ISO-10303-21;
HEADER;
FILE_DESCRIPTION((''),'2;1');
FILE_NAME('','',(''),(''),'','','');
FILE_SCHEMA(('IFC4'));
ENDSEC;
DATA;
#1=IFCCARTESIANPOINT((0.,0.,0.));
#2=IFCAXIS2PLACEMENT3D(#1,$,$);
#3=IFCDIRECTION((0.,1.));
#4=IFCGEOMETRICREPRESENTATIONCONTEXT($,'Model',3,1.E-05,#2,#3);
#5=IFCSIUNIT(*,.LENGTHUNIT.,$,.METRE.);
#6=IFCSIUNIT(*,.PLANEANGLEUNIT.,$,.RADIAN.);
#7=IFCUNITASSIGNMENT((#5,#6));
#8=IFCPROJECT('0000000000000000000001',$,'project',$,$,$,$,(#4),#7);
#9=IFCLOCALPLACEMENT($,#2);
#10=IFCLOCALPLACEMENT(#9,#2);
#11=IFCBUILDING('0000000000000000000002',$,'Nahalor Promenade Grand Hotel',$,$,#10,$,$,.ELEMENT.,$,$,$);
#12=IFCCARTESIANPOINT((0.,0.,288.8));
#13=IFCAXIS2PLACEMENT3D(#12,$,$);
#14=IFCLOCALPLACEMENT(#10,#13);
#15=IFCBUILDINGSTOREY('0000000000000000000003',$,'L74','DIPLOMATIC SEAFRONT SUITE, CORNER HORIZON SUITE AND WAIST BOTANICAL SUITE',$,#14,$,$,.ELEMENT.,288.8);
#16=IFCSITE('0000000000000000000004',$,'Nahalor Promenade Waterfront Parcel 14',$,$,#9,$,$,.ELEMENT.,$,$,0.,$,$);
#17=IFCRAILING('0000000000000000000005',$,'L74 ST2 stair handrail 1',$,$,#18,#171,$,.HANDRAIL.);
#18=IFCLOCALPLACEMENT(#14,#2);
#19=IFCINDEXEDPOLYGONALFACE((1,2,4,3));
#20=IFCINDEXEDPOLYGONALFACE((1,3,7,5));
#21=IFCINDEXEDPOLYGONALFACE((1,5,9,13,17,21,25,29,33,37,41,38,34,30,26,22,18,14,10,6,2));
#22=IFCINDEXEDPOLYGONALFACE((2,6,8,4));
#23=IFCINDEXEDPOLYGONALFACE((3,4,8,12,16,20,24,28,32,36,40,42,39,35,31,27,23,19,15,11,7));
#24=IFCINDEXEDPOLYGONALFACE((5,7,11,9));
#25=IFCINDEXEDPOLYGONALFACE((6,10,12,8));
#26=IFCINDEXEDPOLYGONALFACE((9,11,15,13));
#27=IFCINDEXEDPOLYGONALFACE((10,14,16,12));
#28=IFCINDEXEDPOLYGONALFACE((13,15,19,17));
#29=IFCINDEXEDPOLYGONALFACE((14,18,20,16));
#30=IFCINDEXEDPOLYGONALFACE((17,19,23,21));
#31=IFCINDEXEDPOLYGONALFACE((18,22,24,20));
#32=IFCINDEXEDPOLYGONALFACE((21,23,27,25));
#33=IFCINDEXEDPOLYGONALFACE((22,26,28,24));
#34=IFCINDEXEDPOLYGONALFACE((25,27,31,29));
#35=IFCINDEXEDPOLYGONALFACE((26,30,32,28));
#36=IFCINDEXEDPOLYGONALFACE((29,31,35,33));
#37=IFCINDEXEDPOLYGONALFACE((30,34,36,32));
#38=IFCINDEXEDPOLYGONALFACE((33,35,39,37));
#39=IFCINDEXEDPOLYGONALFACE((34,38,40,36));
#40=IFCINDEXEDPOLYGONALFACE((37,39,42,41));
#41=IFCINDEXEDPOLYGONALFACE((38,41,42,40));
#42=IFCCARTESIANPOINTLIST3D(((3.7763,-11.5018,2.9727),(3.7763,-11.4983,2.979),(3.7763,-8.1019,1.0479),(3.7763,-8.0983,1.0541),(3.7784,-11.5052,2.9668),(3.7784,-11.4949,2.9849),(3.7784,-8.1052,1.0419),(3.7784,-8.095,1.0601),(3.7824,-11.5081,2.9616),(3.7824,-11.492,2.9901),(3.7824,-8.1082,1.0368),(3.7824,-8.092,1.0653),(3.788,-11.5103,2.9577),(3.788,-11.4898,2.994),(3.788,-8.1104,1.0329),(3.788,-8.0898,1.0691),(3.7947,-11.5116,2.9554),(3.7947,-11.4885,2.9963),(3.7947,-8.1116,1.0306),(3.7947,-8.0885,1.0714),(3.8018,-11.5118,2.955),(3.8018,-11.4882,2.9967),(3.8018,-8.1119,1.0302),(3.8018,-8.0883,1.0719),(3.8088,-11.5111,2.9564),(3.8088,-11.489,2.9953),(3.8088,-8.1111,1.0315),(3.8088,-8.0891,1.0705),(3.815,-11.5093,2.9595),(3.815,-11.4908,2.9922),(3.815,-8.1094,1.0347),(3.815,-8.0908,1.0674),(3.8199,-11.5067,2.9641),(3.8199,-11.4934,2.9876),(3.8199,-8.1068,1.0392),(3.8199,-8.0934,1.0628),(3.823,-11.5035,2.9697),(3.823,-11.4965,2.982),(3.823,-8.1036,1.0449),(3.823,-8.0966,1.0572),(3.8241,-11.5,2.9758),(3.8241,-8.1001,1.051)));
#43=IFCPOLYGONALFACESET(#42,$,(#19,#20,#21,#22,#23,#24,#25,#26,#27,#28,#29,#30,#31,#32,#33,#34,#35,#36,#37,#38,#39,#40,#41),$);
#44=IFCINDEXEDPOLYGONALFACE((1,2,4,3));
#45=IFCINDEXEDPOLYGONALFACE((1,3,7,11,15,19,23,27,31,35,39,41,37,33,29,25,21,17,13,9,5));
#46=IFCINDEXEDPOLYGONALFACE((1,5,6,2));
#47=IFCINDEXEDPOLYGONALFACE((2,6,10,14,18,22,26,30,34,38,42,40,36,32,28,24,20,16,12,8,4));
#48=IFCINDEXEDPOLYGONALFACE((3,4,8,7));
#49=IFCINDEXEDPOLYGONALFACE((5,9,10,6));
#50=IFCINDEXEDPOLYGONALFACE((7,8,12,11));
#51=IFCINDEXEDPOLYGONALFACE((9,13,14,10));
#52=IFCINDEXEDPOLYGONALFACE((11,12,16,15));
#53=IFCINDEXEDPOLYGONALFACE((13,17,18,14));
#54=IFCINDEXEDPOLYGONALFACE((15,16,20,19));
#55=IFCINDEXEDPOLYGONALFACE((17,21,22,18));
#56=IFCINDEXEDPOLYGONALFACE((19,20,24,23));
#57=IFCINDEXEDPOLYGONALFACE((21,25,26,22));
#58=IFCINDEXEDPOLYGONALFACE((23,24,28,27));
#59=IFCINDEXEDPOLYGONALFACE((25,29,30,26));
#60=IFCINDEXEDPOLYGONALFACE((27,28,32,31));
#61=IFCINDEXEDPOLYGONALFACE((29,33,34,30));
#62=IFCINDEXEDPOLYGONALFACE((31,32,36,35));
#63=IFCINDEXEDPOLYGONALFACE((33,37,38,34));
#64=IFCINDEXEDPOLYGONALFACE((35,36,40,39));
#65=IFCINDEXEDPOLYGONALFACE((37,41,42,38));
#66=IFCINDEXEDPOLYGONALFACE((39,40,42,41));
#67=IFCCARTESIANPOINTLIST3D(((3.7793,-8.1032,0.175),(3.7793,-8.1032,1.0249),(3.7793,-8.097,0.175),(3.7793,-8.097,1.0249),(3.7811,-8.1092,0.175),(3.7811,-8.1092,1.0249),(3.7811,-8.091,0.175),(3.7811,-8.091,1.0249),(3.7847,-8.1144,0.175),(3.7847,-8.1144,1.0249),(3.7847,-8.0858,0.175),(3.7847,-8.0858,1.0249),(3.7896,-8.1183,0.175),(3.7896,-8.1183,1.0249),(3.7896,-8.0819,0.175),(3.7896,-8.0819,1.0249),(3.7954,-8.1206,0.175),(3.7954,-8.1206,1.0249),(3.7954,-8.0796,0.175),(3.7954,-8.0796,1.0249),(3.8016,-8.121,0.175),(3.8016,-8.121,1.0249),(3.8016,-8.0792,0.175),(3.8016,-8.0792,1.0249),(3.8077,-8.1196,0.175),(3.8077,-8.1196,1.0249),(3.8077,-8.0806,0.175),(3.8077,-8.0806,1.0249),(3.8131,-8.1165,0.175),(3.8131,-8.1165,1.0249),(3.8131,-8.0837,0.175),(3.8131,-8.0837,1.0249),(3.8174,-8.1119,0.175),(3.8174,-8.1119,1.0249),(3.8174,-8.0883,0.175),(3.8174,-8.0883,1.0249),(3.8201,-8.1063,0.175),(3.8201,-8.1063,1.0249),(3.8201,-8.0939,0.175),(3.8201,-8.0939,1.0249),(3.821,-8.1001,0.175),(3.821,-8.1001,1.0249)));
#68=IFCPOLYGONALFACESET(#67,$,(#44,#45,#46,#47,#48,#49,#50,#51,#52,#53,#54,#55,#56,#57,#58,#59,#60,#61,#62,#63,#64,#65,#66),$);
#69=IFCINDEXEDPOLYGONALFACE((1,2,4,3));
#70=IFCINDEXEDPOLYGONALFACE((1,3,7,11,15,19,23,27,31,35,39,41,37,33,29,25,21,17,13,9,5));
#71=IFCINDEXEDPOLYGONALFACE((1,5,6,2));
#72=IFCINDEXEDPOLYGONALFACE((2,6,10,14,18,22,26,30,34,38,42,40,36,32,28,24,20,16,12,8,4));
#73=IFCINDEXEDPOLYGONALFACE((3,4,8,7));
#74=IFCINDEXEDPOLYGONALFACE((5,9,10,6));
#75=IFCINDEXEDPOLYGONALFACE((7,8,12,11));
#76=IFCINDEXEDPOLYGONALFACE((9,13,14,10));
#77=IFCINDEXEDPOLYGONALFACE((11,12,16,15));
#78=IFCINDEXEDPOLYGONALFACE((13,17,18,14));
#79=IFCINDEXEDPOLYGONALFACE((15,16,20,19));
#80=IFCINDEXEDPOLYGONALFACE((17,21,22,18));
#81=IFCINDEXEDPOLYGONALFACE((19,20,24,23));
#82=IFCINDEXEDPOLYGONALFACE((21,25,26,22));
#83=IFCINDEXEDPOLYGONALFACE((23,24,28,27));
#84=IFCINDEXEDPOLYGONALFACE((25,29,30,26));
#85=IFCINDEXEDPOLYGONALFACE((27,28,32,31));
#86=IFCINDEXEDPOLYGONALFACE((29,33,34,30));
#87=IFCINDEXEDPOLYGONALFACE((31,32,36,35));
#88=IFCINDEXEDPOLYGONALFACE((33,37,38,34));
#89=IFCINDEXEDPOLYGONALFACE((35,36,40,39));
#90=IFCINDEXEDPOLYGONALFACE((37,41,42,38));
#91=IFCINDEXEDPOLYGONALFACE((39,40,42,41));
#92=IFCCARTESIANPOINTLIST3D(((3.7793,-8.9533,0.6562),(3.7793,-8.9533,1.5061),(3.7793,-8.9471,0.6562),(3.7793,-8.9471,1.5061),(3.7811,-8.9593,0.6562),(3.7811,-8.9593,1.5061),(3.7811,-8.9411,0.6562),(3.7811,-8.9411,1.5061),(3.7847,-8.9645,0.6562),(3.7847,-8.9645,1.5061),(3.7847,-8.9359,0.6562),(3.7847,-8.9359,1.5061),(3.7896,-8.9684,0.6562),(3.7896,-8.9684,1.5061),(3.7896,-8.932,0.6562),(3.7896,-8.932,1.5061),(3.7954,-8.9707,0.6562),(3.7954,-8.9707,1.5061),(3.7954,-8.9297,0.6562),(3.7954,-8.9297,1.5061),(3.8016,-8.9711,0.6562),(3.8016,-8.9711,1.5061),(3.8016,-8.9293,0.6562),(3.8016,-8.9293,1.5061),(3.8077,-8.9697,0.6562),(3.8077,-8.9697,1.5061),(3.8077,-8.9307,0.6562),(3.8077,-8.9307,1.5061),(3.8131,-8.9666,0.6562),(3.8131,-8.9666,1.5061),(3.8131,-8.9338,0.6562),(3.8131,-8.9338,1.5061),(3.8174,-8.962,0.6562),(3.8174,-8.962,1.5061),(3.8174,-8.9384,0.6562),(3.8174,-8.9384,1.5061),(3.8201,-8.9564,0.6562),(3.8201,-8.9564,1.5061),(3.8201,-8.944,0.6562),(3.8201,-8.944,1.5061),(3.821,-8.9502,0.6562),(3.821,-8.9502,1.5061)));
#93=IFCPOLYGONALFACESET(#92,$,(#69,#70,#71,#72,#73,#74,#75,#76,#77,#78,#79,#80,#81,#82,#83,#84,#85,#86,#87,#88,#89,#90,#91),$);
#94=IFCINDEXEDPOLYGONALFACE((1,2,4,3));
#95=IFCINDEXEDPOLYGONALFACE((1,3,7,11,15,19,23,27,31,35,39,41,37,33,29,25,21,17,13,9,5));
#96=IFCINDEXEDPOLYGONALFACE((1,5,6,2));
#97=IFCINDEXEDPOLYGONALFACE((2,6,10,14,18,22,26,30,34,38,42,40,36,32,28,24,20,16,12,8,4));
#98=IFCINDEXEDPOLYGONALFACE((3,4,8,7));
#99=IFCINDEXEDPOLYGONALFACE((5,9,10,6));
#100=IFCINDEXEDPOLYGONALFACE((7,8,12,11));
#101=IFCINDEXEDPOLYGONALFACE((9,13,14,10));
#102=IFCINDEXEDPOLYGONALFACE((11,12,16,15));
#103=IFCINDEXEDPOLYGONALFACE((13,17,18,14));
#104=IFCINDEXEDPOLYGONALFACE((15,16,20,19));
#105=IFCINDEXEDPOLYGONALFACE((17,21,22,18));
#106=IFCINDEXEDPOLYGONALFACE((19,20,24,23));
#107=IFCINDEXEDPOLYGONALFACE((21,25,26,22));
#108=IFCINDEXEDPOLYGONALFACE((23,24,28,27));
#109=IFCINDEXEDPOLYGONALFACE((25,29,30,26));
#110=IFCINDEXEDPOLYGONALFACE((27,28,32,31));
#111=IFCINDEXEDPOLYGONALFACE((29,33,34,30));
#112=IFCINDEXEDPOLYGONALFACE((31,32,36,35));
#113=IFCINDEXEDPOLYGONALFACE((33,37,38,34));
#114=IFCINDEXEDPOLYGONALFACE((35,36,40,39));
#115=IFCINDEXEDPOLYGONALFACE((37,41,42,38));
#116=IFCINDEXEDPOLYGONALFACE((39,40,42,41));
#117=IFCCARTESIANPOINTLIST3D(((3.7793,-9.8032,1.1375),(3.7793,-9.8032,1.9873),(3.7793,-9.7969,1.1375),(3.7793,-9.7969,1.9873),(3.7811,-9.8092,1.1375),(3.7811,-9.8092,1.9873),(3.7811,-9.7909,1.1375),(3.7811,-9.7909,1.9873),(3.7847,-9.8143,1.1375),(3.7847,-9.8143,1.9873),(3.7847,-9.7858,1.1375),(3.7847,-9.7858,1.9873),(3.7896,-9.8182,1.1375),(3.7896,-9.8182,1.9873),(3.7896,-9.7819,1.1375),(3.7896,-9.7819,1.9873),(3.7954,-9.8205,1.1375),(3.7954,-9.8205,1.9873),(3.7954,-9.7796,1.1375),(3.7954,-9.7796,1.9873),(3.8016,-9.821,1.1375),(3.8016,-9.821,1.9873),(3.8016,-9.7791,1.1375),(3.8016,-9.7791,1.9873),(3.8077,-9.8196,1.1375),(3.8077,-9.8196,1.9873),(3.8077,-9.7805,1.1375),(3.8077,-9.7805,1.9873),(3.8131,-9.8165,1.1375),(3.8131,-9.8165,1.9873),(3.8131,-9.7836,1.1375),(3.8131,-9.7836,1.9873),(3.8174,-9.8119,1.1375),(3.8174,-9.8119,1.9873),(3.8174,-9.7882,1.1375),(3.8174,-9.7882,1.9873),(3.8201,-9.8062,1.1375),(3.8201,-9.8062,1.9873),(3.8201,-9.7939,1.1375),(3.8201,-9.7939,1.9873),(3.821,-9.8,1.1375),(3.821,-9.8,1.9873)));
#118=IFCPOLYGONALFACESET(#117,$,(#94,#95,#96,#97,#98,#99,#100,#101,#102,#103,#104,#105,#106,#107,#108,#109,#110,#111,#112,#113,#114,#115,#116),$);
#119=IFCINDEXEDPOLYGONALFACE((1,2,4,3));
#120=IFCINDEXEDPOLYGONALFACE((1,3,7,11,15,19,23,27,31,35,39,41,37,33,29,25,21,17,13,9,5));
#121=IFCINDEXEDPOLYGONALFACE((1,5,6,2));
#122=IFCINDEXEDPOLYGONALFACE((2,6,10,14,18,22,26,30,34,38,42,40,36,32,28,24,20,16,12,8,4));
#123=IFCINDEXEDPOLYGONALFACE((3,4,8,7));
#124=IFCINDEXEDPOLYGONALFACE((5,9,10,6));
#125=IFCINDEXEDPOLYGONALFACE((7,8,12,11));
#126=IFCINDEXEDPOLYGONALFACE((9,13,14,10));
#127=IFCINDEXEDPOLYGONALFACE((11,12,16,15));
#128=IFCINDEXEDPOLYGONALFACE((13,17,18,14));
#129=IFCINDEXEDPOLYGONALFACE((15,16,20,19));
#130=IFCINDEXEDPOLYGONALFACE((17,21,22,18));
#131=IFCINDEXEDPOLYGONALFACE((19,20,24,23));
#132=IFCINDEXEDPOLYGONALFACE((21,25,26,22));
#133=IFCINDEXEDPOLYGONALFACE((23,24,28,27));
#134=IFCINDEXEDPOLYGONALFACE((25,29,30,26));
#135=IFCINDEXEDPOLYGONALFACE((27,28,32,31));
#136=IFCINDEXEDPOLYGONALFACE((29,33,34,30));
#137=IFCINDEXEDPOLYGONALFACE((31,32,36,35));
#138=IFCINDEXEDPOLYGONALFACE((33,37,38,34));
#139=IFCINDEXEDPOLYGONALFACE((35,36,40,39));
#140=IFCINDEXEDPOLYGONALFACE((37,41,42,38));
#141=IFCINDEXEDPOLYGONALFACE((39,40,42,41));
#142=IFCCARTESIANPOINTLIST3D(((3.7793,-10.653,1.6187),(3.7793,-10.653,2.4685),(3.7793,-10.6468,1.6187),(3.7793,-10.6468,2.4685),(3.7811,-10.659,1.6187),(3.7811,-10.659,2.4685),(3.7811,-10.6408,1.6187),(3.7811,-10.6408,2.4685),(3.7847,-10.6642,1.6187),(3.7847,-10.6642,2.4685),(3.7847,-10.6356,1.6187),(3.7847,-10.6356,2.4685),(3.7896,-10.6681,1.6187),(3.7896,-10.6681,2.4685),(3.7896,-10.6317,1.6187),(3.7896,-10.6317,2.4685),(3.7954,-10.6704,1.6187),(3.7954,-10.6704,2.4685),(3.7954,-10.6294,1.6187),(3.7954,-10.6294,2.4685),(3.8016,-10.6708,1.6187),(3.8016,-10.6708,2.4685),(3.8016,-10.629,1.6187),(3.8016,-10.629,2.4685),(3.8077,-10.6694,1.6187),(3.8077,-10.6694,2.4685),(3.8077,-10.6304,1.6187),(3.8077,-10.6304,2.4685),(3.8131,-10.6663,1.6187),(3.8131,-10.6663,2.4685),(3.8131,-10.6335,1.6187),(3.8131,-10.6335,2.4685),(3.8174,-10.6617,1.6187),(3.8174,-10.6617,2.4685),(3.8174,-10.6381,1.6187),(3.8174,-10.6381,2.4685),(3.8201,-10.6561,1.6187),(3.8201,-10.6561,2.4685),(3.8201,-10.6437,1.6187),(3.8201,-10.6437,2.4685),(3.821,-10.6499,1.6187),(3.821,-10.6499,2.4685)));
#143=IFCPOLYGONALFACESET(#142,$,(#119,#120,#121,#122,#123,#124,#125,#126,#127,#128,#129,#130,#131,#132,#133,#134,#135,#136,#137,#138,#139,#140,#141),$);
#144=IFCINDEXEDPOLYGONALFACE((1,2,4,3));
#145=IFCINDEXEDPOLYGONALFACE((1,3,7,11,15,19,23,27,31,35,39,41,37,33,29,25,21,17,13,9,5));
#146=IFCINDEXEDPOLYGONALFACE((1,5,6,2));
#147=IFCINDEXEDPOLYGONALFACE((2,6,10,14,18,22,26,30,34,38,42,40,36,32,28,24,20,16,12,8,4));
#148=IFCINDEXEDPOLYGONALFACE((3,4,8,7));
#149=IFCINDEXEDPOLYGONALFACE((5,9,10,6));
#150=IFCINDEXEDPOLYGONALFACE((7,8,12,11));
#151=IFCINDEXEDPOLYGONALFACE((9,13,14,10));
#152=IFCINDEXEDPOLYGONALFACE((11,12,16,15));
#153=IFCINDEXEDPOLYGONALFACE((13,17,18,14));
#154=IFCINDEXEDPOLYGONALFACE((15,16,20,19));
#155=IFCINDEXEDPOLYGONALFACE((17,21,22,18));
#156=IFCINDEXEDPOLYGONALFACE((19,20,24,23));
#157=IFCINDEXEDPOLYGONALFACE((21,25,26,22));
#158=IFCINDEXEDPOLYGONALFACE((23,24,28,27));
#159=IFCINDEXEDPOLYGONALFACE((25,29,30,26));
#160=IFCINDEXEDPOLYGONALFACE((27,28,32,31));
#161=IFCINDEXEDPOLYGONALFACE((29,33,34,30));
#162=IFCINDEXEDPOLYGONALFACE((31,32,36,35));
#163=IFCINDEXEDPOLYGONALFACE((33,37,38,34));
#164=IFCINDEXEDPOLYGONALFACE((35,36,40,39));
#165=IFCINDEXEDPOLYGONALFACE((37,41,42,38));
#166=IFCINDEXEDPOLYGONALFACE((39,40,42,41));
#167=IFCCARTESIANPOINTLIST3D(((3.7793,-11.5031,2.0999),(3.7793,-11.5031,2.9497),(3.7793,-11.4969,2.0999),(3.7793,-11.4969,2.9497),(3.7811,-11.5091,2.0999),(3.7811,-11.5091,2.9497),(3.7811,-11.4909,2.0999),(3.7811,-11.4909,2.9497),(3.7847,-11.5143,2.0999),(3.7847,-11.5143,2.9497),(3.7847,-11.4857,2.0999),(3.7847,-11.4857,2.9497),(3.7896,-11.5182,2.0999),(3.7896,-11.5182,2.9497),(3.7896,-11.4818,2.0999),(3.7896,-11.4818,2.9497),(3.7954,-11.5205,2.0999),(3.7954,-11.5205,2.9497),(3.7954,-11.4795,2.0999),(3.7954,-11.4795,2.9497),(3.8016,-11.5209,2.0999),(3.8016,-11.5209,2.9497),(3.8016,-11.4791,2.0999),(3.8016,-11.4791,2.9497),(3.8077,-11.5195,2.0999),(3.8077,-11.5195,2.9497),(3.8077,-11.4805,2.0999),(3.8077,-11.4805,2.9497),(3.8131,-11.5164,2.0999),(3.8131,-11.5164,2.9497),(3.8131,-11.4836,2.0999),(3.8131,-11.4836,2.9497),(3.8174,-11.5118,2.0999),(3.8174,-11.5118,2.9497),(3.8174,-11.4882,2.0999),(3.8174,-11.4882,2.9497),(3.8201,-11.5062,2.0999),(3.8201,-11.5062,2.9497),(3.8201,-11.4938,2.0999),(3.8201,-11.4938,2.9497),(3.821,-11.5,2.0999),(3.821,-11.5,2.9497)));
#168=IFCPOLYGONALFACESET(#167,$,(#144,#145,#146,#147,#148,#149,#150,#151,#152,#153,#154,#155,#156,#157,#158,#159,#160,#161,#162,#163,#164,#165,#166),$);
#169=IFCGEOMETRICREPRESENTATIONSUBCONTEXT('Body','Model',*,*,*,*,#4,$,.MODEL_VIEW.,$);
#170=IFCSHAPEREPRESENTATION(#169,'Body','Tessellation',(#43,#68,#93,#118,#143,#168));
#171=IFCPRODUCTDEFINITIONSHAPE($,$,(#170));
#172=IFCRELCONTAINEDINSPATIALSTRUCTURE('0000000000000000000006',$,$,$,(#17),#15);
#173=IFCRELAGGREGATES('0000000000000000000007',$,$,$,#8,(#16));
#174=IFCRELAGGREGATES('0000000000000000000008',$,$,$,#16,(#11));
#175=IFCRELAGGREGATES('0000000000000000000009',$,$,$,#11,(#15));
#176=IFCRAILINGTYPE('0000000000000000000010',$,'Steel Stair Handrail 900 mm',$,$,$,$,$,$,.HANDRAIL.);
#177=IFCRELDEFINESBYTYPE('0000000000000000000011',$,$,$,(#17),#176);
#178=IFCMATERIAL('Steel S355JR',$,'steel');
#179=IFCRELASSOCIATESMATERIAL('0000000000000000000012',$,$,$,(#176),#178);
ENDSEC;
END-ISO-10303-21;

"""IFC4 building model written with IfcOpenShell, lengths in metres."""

from ifc_helpers import new_model, si_unit, direction, frame, origin, origin_2d, place, context, subcontext, project, spatial, circle, extrude, material, type_object, element, save


model = new_model("IFC4")

# Units and contexts
model_context = context("Model", 3, precision=1e-05, world=origin(), true_north=direction((0.0, 1.0)))
body_context = subcontext(model_context, "Body", "Model", "MODEL_VIEW")
ifc_project = project(units=[si_unit("LENGTHUNIT", "METRE"), si_unit("PLANEANGLEUNIT", "RADIAN")], contexts=[model_context])

# Site, building, storey
site_placement = place(None, origin())
site = spatial("IfcSite", under=ifc_project, at=site_placement, Name="Nahalor Promenade Waterfront Parcel 14", CompositionType="ELEMENT", RefElevation=0.0)
building_placement = place(site_placement, origin())
building = spatial("IfcBuilding", under=site, at=building_placement, Name="Nahalor Promenade Grand Hotel", CompositionType="ELEMENT")
storey_placement = place(building_placement, frame((0.0, 0.0, 288.8)))
storey = spatial("IfcBuildingStorey", under=building, at=storey_placement, Name="L74", Description="DIPLOMATIC SEAFRONT SUITE, CORNER HORIZON SUITE AND WAIST BOTANICAL SUITE", CompositionType="ELEMENT", Elevation=288.8)

# Shared definitions
ifc_material_1 = material(Name="Steel S355JR", Category="steel")

# Railing
railing_type_1 = type_object("IfcRailingType", Name="Steel Stair Handrail 900 mm", PredefinedType="HANDRAIL", material=ifc_material_1)
railing_1_placement = place(storey_placement, frame((3.8, -8.1001, 0.175)))
element("IfcRailing", 1, at=railing_1_placement, inside=storey, type_object=railing_type_1, Name="L74 ST2 stair handrail 1", PredefinedType="HANDRAIL", context=body_context, shape_type="SweptSolid", body=[
    extrude(circle(Radius=0.024, at=origin_2d()), frame((0.0, 0.0, 0.876), z_axis=(0.0, -0.87022, 0.492663), x_axis=(1.0, 0.0, 0.0)), (0.0, 0.0, 1.0), 3.907),
    extrude(circle(Radius=0.021, at=origin_2d()), origin(), (0.0, 0.0, 1.0), 0.8499),
    extrude(circle(Radius=0.021, at=origin_2d()), frame((0.0, -0.8501, 0.4812)), (0.0, 0.0, 1.0), 0.8499),
    extrude(circle(Radius=0.021, at=origin_2d()), frame((0.0, -1.7, 0.9624)), (0.0, 0.0, 1.0), 0.8499),
    extrude(circle(Radius=0.021, at=origin_2d()), frame((0.0, -2.5498, 1.4436)), (0.0, 0.0, 1.0), 0.8499),
    extrude(circle(Radius=0.021, at=origin_2d()), frame((0.0, -3.3999, 1.9248)), (0.0, 0.0, 1.0), 0.8499),
])

save(model, "model.ifc")
